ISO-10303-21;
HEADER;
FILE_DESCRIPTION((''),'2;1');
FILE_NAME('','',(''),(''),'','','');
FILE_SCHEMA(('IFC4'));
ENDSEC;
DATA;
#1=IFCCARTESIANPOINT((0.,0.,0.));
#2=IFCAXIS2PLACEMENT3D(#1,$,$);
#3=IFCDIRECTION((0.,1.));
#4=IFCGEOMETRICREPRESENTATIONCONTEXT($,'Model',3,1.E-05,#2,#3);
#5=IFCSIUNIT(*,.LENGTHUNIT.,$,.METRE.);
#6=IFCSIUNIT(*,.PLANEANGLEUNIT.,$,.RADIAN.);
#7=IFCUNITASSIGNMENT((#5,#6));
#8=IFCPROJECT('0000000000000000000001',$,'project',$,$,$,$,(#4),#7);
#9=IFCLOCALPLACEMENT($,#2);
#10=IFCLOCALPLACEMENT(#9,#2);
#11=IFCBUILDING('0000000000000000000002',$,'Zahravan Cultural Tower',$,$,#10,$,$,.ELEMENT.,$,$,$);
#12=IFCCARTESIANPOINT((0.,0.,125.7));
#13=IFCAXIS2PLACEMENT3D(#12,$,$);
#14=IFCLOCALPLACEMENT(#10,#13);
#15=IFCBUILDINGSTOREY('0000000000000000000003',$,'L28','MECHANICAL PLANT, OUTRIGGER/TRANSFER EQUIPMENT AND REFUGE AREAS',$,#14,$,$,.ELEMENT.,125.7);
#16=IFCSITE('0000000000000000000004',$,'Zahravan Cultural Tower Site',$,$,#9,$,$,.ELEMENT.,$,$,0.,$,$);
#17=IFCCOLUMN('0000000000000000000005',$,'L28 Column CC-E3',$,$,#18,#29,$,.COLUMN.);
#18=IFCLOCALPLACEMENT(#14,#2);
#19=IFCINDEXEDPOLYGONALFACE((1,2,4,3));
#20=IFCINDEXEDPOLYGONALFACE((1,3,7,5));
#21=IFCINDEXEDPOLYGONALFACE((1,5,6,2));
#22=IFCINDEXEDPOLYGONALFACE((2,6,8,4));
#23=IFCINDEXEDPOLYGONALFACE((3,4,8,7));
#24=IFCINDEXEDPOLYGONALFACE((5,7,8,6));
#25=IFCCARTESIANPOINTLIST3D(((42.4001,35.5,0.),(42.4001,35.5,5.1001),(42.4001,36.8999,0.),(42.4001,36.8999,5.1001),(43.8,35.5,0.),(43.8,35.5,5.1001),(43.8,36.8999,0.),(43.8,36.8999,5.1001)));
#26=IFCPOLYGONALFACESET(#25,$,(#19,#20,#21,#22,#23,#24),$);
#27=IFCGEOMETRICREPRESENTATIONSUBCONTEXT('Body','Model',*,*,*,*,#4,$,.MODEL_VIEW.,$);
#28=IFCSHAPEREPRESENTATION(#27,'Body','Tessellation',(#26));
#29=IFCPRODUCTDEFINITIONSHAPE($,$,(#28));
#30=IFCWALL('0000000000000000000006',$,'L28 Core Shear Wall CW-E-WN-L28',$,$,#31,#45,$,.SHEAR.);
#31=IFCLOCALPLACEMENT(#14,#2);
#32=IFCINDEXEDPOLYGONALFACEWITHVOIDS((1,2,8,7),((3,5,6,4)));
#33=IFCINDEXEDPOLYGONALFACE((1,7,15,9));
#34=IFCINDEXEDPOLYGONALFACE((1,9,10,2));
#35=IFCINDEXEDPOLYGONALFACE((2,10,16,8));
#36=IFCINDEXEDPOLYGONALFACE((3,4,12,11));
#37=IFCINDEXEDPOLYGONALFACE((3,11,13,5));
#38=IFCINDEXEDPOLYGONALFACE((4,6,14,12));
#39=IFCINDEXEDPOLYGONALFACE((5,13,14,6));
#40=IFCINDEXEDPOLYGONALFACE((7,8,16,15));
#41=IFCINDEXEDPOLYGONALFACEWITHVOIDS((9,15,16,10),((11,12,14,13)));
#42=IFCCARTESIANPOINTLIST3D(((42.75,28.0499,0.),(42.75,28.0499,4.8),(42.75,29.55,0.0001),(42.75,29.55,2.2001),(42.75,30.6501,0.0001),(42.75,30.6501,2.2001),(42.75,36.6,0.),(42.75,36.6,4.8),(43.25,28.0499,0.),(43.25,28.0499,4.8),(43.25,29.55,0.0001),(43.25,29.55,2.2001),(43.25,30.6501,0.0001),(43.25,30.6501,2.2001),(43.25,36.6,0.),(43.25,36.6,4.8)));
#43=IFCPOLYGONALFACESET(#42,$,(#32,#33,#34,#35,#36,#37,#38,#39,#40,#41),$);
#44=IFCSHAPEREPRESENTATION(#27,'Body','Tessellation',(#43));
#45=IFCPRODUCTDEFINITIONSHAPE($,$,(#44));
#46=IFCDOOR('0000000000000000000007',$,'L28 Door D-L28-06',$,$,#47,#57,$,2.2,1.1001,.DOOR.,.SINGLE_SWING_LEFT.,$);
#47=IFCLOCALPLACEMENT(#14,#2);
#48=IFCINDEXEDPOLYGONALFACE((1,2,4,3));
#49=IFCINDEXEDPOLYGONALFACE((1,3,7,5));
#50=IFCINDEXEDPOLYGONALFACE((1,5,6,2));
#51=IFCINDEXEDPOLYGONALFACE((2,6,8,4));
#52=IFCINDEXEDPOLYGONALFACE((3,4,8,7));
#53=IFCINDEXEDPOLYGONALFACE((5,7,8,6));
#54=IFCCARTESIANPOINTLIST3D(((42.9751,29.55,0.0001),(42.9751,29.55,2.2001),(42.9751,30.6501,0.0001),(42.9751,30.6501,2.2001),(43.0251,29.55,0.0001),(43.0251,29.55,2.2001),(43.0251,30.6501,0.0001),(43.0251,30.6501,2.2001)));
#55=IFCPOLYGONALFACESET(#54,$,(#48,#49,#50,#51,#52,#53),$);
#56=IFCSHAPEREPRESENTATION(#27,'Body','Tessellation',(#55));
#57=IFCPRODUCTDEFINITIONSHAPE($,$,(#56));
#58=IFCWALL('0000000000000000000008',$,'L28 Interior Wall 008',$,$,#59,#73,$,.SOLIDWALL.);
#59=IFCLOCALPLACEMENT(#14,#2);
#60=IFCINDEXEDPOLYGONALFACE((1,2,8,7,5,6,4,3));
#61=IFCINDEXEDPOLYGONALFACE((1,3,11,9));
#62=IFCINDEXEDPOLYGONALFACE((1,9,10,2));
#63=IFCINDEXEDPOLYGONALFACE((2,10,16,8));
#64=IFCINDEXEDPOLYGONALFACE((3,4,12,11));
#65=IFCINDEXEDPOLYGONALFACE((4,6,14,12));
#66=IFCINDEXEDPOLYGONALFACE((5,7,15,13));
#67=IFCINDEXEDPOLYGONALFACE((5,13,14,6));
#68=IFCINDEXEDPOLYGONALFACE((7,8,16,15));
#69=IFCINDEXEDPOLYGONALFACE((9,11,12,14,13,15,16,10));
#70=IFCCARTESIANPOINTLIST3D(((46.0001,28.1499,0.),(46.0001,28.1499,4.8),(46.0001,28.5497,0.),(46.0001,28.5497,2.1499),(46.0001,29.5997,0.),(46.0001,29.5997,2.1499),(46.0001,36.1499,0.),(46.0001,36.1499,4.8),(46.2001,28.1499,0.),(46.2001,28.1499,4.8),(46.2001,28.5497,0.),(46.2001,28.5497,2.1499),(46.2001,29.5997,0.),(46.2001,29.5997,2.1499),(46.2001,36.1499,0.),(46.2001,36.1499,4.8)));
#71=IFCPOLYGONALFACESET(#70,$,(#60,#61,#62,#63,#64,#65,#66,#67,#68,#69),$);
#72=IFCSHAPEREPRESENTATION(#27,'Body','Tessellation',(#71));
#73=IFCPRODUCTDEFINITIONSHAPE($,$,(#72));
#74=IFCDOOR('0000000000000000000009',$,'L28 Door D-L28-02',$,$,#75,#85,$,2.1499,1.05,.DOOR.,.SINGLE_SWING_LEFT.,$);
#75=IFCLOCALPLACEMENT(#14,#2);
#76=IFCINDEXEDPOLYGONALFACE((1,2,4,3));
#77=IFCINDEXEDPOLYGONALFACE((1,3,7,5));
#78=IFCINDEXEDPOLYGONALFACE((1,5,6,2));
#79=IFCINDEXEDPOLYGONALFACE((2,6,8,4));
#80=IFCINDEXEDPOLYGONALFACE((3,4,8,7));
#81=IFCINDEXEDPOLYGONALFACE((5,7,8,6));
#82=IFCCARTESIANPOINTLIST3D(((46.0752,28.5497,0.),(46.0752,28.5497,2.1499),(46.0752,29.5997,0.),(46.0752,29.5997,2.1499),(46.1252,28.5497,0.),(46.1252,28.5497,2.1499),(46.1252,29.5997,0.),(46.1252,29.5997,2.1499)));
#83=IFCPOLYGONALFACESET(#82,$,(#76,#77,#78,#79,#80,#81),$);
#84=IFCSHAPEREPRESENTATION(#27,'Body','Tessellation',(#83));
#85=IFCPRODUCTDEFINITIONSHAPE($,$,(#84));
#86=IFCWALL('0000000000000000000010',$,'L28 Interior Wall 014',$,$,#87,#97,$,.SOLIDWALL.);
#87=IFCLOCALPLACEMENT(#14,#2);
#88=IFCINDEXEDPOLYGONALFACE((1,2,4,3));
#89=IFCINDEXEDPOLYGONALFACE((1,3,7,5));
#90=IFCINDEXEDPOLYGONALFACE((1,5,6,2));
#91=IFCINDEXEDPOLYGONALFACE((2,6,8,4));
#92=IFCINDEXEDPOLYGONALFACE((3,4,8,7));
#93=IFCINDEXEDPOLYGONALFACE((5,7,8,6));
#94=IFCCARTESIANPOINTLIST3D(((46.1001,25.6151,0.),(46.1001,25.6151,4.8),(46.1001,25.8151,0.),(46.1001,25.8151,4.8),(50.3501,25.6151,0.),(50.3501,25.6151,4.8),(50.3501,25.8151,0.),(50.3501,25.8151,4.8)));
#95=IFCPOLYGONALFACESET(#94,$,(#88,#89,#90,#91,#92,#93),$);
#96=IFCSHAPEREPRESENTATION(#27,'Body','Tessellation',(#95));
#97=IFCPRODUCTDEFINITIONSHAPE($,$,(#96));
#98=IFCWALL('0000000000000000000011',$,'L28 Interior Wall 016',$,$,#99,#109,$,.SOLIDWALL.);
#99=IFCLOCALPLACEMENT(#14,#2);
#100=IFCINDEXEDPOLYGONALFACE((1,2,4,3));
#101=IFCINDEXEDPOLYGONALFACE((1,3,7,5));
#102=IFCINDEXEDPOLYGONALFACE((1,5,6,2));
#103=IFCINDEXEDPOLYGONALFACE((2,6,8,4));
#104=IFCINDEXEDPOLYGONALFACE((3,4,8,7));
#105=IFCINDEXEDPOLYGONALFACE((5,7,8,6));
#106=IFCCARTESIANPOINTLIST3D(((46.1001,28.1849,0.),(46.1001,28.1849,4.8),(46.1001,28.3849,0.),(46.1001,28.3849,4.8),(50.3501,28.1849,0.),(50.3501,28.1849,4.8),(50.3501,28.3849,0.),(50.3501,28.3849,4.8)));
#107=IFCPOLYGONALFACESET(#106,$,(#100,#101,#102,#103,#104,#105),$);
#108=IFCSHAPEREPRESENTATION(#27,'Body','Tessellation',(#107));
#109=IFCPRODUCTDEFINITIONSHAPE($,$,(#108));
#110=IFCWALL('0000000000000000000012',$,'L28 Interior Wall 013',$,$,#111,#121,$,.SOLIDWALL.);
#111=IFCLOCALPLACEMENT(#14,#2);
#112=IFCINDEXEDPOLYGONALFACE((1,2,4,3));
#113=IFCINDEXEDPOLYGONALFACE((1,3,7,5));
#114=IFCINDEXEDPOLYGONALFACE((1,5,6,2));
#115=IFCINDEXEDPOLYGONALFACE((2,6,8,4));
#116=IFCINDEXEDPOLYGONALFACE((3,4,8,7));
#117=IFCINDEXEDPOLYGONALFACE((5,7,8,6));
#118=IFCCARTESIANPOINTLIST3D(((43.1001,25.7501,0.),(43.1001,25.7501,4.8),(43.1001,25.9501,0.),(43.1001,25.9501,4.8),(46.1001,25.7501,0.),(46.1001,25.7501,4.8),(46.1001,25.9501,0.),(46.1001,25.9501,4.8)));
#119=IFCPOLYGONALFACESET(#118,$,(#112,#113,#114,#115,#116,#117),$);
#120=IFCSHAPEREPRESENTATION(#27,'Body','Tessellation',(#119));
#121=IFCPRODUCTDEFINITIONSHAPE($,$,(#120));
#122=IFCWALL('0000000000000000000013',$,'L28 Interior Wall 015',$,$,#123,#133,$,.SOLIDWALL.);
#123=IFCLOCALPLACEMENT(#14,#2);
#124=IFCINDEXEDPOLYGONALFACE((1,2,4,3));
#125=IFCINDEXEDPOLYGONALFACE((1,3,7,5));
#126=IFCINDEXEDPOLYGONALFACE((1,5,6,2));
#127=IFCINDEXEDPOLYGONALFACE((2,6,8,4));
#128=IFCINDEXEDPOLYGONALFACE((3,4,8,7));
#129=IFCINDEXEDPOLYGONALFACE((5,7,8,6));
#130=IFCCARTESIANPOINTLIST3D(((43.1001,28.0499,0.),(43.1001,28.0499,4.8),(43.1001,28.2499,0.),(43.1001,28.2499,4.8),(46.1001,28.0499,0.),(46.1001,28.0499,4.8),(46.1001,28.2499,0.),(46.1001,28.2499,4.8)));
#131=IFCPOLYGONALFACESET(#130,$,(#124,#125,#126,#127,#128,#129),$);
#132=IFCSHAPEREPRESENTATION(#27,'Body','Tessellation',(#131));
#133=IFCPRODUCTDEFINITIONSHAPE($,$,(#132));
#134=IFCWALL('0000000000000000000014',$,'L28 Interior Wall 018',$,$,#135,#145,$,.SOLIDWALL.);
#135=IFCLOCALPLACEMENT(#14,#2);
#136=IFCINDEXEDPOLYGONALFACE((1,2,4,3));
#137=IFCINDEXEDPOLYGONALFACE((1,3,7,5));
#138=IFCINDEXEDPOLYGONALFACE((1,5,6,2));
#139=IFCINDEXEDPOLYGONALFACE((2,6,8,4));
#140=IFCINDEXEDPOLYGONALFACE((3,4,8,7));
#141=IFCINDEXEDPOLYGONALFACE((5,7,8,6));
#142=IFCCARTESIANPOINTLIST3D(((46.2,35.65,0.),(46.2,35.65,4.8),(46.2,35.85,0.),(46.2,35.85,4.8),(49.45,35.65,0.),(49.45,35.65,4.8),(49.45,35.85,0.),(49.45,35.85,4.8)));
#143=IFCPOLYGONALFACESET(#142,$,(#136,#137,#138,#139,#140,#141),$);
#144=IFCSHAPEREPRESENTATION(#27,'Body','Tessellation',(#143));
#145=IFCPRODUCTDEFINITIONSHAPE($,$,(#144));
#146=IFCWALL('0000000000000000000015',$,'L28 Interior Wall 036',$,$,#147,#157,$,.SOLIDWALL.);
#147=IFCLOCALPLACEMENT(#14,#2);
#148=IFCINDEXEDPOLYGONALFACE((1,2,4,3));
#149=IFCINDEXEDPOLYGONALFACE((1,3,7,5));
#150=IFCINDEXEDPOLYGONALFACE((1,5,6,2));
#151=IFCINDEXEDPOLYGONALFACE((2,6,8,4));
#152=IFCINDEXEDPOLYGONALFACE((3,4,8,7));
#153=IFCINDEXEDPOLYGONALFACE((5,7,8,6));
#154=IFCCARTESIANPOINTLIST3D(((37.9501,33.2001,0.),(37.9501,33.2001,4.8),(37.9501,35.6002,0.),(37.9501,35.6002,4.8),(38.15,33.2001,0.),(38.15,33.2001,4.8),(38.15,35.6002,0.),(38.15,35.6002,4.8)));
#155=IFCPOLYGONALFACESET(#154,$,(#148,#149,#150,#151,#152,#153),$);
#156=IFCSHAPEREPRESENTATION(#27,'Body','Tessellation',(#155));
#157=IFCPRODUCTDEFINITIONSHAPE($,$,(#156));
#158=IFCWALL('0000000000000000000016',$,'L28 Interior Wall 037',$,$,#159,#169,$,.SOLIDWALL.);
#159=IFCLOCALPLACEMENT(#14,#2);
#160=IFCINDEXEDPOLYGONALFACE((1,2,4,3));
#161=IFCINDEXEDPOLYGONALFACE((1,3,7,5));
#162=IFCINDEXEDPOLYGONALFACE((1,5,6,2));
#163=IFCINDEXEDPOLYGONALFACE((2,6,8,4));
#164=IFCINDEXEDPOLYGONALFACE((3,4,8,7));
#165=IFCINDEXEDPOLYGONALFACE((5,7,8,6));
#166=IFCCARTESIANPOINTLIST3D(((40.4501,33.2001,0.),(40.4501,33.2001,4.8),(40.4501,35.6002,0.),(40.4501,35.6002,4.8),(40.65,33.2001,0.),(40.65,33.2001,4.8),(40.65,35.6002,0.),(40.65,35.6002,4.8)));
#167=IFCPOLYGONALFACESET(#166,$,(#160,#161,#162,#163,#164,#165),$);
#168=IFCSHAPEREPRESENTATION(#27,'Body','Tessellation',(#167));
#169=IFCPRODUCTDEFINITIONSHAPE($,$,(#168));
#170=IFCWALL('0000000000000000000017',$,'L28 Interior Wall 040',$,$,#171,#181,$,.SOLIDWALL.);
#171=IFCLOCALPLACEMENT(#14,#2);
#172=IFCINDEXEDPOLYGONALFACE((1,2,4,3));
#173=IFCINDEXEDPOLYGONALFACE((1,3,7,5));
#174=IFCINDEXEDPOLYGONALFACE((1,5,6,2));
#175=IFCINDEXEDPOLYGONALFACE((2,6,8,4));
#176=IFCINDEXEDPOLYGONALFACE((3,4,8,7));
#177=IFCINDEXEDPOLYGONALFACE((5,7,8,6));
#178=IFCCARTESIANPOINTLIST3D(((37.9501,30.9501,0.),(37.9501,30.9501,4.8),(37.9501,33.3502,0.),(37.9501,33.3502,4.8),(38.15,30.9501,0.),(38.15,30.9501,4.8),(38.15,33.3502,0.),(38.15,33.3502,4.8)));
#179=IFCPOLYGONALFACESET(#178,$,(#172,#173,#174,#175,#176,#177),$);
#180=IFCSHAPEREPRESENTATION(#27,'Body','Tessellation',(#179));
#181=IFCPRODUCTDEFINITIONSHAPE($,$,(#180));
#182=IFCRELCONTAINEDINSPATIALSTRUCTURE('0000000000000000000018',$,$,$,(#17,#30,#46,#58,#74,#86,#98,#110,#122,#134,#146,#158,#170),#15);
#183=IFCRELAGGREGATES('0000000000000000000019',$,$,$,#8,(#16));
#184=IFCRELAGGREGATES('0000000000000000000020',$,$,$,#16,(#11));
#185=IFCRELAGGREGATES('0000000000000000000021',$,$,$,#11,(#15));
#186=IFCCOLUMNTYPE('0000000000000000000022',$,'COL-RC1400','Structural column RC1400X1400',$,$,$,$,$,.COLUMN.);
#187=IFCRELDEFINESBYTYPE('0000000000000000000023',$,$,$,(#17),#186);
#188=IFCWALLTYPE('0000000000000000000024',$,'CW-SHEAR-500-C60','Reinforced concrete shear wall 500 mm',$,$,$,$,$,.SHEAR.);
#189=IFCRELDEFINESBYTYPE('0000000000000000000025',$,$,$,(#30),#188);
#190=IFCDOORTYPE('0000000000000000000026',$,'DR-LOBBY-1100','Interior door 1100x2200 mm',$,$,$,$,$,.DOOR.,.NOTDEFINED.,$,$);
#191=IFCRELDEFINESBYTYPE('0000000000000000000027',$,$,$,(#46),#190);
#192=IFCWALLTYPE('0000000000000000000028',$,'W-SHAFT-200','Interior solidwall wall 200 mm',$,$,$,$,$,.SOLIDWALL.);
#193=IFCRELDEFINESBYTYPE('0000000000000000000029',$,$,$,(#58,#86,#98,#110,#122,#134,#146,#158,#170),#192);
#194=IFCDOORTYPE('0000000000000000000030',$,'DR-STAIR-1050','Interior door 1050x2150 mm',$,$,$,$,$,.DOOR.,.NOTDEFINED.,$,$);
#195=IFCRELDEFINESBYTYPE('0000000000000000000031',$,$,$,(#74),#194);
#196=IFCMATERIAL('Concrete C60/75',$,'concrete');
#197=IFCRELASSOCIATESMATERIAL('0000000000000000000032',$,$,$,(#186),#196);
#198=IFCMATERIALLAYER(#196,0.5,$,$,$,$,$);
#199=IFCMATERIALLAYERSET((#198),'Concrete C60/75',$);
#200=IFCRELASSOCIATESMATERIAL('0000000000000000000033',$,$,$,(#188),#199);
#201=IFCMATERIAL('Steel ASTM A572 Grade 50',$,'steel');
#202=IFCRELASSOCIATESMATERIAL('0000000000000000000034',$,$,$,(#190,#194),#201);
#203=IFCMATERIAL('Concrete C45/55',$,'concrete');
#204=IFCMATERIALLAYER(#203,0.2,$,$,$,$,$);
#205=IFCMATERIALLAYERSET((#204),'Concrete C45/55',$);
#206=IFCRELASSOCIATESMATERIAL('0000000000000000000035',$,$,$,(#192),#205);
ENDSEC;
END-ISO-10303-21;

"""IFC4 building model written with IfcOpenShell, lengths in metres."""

from ifc_helpers import new_model, si_unit, direction, frame, frame_2d, origin, origin_2d, place, context, subcontext, project, spatial, rectangle, extrude, source, transform, mapped, material, layer, layer_set, material_profile, profile_set, type_object, element, fill, save


model = new_model("IFC4")

# Units and contexts
model_context = context("Model", 3, precision=1e-05, world=origin(), true_north=direction((0.0, 1.0)))
body_context = subcontext(model_context, "Body", "Model", "MODEL_VIEW")
ifc_project = project(units=[si_unit("LENGTHUNIT", "METRE"), si_unit("PLANEANGLEUNIT", "RADIAN")], contexts=[model_context])

# Site, building, storey
site_placement = place(None, origin())
site = spatial("IfcSite", under=ifc_project, at=site_placement, Name="Zahravan Cultural Tower Site", CompositionType="ELEMENT", RefElevation=0.0)
building_placement = place(site_placement, origin())
building = spatial("IfcBuilding", under=site, at=building_placement, Name="Zahravan Cultural Tower", CompositionType="ELEMENT")
storey_placement = place(building_placement, frame((0.0, 0.0, 125.7)))
storey = spatial("IfcBuildingStorey", under=building, at=storey_placement, Name="L28", Description="MECHANICAL PLANT, OUTRIGGER/TRANSFER EQUIPMENT AND REFUGE AREAS", CompositionType="ELEMENT", Elevation=125.7)

# Column
ifc_material_1 = material(Name="Concrete C60/75", Category="concrete")
ifc_material_profile = material_profile(ifc_material_1, rectangle(XDim=1.3999, YDim=1.3999, at=origin_2d()), Name="RC1400X1400")
ifc_profile_set = profile_set([ifc_material_profile], Name="Concrete C60/75")
column_type = type_object("IfcColumnType", Name="COL-RC1400", Description="Structural column RC1400X1400", PredefinedType="COLUMN", material=ifc_profile_set)
shared_shape_1 = source(origin(), body_context, "Body", "SweptSolid", [
    extrude(rectangle(XDim=1.3999, YDim=1.3999, at=origin_2d()), origin(), (0.0, 0.0, 1.0), 5.1001),
])
column_placement = place(storey_placement, frame((43.1001, 36.2, 0.0), z_axis=(0.0, 0.0, 1.0), x_axis=(1.0, 0.0, 0.0)))
element("IfcColumn", 1, at=column_placement, inside=storey, type_object=column_type, Name="L28 Column CC-E3", PredefinedType="COLUMN", context=body_context, shape_type="MappedRepresentation", body=[
    mapped(shared_shape_1, transform((0.0, 0.0, 0.0), x_axis=(1.0, 0.0, 0.0), y_axis=(0.0, 1.0, 0.0), z_axis=(0.0, 0.0, 1.0), scale=1.0)),
])

# Walls, openings, doors
ifc_layer_1 = layer(ifc_material_1, 0.5)
ifc_layer_set_1 = layer_set([ifc_layer_1], Name="Concrete C60/75")
wall_type_1 = type_object("IfcWallType", Name="CW-SHEAR-500-C60", Description="Reinforced concrete shear wall 500 mm", PredefinedType="SHEAR", material=ifc_layer_set_1)
wall_1_placement = place(storey_placement, frame((43.0, 28.05, 0.0), z_axis=(0.0, 0.0, 1.0), x_axis=(0.0, 1.0, 0.0)))
wall_1 = element("IfcWall", 2, at=wall_1_placement, inside=storey, type_object=wall_type_1, Name="L28 Core Shear Wall CW-E-WN-L28", PredefinedType="SHEAR", context=body_context, shape_type="SweptSolid", body=[
    extrude(rectangle(XDim=8.55, YDim=0.5, at=frame_2d((4.2749, 0.0))), origin(), (0.0, 0.0, 1.0), 4.8),
])
opening_1_placement = place(wall_1_placement, frame((1.5, 0.0, 0.0)))
opening_1 = element("IfcOpeningElement", 3, at=opening_1_placement, cuts=wall_1, PredefinedType="OPENING", context=body_context, shape_type="SweptSolid", body=[
    extrude(rectangle(XDim=1.1001, YDim=2.2, at=frame_2d((0.55, 1.1001))), frame((0.0, 0.26, 0.0), z_axis=(0.0, -1.0, 0.0), x_axis=(1.0, 0.0, 0.0)), (0.0, 0.0, 1.0), 0.52),
])
ifc_material_2 = material(Name="Steel ASTM A572 Grade 50", Category="steel")
door_type_1 = type_object("IfcDoorType", Name="DR-LOBBY-1100", Description="Interior door 1100x2200 mm", OperationType="NOTDEFINED", PredefinedType="DOOR", material=ifc_material_2)
shared_shape_2 = source(origin(), body_context, "Body", "SweptSolid", [
    extrude(rectangle(XDim=1.1001, YDim=2.2, at=frame_2d((0.55, 1.1001))), frame((0.0, 0.0249, 0.0), z_axis=(0.0, -1.0, 0.0), x_axis=(1.0, 0.0, 0.0)), (0.0, 0.0, 1.0), 0.05),
])
door_1_placement = place(opening_1_placement, origin())
door_1 = element("IfcDoor", 4, at=door_1_placement, inside=storey, type_object=door_type_1, Name="L28 Door D-L28-06", OperationType="SINGLE_SWING_LEFT", OverallHeight=2.2, OverallWidth=1.1001, PredefinedType="DOOR", context=body_context, shape_type="MappedRepresentation", body=[
    mapped(shared_shape_2, transform((0.0, 0.0, 0.0), x_axis=(1.0, 0.0, 0.0), y_axis=(0.0, 1.0, 0.0), z_axis=(0.0, 0.0, 1.0), scale=1.0)),
])
fill(opening_1, door_1)
ifc_material_3 = material(Name="Concrete C45/55", Category="concrete")
ifc_layer_2 = layer(ifc_material_3, 0.2)
ifc_layer_set_2 = layer_set([ifc_layer_2], Name="Concrete C45/55")
wall_type_2 = type_object("IfcWallType", Name="W-SHAFT-200", Description="Interior solidwall wall 200 mm", PredefinedType="SOLIDWALL", material=ifc_layer_set_2)
wall_2_placement = place(storey_placement, frame((46.1001, 28.1499, 0.0), z_axis=(0.0, 0.0, 1.0), x_axis=(0.0, 1.0, 0.0)))
wall_2 = element("IfcWall", 5, at=wall_2_placement, inside=storey, type_object=wall_type_2, Name="L28 Interior Wall 008", PredefinedType="SOLIDWALL", context=body_context, shape_type="SweptSolid", body=[
    extrude(rectangle(XDim=8.0, YDim=0.2, at=frame_2d((4.0, 0.0))), origin(), (0.0, 0.0, 1.0), 4.8),
])
opening_2_placement = place(wall_2_placement, frame((0.3999, 0.0, 0.0)))
opening_2 = element("IfcOpeningElement", 6, at=opening_2_placement, cuts=wall_2, PredefinedType="OPENING", context=body_context, shape_type="SweptSolid", body=[
    extrude(rectangle(XDim=1.05, YDim=2.1499, at=frame_2d((0.5249, 1.075))), frame((0.0, 0.1099, 0.0), z_axis=(0.0, -1.0, 0.0), x_axis=(1.0, 0.0, 0.0)), (0.0, 0.0, 1.0), 0.22),
])
door_type_2 = type_object("IfcDoorType", Name="DR-STAIR-1050", Description="Interior door 1050x2150 mm", OperationType="NOTDEFINED", PredefinedType="DOOR", material=ifc_material_2)
shared_shape_3 = source(origin(), body_context, "Body", "SweptSolid", [
    extrude(rectangle(XDim=1.05, YDim=2.1499, at=frame_2d((0.5249, 1.075))), frame((0.0, 0.0249, 0.0), z_axis=(0.0, -1.0, 0.0), x_axis=(1.0, 0.0, 0.0)), (0.0, 0.0, 1.0), 0.05),
])
door_2_placement = place(opening_2_placement, origin())
door_2 = element("IfcDoor", 7, at=door_2_placement, inside=storey, type_object=door_type_2, Name="L28 Door D-L28-02", OperationType="SINGLE_SWING_LEFT", OverallHeight=2.1499, OverallWidth=1.05, PredefinedType="DOOR", context=body_context, shape_type="MappedRepresentation", body=[
    mapped(shared_shape_3, transform((0.0, 0.0, 0.0), x_axis=(1.0, 0.0, 0.0), y_axis=(0.0, 1.0, 0.0), z_axis=(0.0, 0.0, 1.0), scale=1.0)),
])
fill(opening_2, door_2)

# Walls
shared_shape_4 = source(origin(), body_context, "Body", "SweptSolid", [
    extrude(rectangle(XDim=4.25, YDim=0.2, at=frame_2d((2.125, 0.0))), origin(), (0.0, 0.0, 1.0), 4.8),
])
for number, where, z_axis, x_axis, name in (
    (8, (46.1001, 25.7151, 0.0), (0.0, 0.0, 1.0), (1.0, 0.0, 0.0), "L28 Interior Wall 014"),
    (9, (46.1001, 28.2849, 0.0), (0.0, 0.0, 1.0), (1.0, 0.0, 0.0), "L28 Interior Wall 016"),
):
    element("IfcWall", number, at=place(storey_placement, frame(where, z_axis=z_axis, x_axis=x_axis)), inside=storey, type_object=wall_type_2, Name=name, PredefinedType="SOLIDWALL", context=body_context, shape_type="MappedRepresentation", body=[
        mapped(shared_shape_4, transform((0.0, 0.0, 0.0), x_axis=(1.0, 0.0, 0.0), y_axis=(0.0, 1.0, 0.0), z_axis=(0.0, 0.0, 1.0), scale=1.0)),
    ])
shared_shape_5 = source(origin(), body_context, "Body", "SweptSolid", [
    extrude(rectangle(XDim=3.0, YDim=0.2, at=frame_2d((1.5, 0.0))), origin(), (0.0, 0.0, 1.0), 4.8),
])
for number, where, z_axis, x_axis, name in (
    (10, (43.1001, 25.8501, 0.0), (0.0, 0.0, 1.0), (1.0, 0.0, 0.0), "L28 Interior Wall 013"),
    (11, (43.1001, 28.1499, 0.0), (0.0, 0.0, 1.0), (1.0, 0.0, 0.0), "L28 Interior Wall 015"),
):
    element("IfcWall", number, at=place(storey_placement, frame(where, z_axis=z_axis, x_axis=x_axis)), inside=storey, type_object=wall_type_2, Name=name, PredefinedType="SOLIDWALL", context=body_context, shape_type="MappedRepresentation", body=[
        mapped(shared_shape_5, transform((0.0, 0.0, 0.0), x_axis=(1.0, 0.0, 0.0), y_axis=(0.0, 1.0, 0.0), z_axis=(0.0, 0.0, 1.0), scale=1.0)),
    ])
shared_shape_6 = source(origin(), body_context, "Body", "SweptSolid", [
    extrude(rectangle(XDim=3.25, YDim=0.2, at=frame_2d((1.625, 0.0))), origin(), (0.0, 0.0, 1.0), 4.8),
])
wall_3_placement = place(storey_placement, frame((46.2, 35.75, 0.0), z_axis=(0.0, 0.0, 1.0), x_axis=(1.0, 0.0, 0.0)))
element("IfcWall", 12, at=wall_3_placement, inside=storey, type_object=wall_type_2, Name="L28 Interior Wall 018", PredefinedType="SOLIDWALL", context=body_context, shape_type="MappedRepresentation", body=[
    mapped(shared_shape_6, transform((0.0, 0.0, 0.0), x_axis=(1.0, 0.0, 0.0), y_axis=(0.0, 1.0, 0.0), z_axis=(0.0, 0.0, 1.0), scale=1.0)),
])
shared_shape_7 = source(origin(), body_context, "Body", "SweptSolid", [
    extrude(rectangle(XDim=2.4001, YDim=0.2, at=frame_2d((1.2002, 0.0))), origin(), (0.0, 0.0, 1.0), 4.8),
])
for number, where, z_axis, x_axis, name in (
    (13, (38.05, 33.2, 0.0), (0.0, 0.0, 1.0), (0.0, 1.0, 0.0), "L28 Interior Wall 036"),
    (14, (40.55, 33.2, 0.0), (0.0, 0.0, 1.0), (0.0, 1.0, 0.0), "L28 Interior Wall 037"),
    (15, (38.05, 30.95, 0.0), (0.0, 0.0, 1.0), (0.0, 1.0, 0.0), "L28 Interior Wall 040"),
):
    element("IfcWall", number, at=place(storey_placement, frame(where, z_axis=z_axis, x_axis=x_axis)), inside=storey, type_object=wall_type_2, Name=name, PredefinedType="SOLIDWALL", context=body_context, shape_type="MappedRepresentation", body=[
        mapped(shared_shape_7, transform((0.0, 0.0, 0.0), x_axis=(1.0, 0.0, 0.0), y_axis=(0.0, 1.0, 0.0), z_axis=(0.0, 0.0, 1.0), scale=1.0)),
    ])

save(model, "model.ifc")
